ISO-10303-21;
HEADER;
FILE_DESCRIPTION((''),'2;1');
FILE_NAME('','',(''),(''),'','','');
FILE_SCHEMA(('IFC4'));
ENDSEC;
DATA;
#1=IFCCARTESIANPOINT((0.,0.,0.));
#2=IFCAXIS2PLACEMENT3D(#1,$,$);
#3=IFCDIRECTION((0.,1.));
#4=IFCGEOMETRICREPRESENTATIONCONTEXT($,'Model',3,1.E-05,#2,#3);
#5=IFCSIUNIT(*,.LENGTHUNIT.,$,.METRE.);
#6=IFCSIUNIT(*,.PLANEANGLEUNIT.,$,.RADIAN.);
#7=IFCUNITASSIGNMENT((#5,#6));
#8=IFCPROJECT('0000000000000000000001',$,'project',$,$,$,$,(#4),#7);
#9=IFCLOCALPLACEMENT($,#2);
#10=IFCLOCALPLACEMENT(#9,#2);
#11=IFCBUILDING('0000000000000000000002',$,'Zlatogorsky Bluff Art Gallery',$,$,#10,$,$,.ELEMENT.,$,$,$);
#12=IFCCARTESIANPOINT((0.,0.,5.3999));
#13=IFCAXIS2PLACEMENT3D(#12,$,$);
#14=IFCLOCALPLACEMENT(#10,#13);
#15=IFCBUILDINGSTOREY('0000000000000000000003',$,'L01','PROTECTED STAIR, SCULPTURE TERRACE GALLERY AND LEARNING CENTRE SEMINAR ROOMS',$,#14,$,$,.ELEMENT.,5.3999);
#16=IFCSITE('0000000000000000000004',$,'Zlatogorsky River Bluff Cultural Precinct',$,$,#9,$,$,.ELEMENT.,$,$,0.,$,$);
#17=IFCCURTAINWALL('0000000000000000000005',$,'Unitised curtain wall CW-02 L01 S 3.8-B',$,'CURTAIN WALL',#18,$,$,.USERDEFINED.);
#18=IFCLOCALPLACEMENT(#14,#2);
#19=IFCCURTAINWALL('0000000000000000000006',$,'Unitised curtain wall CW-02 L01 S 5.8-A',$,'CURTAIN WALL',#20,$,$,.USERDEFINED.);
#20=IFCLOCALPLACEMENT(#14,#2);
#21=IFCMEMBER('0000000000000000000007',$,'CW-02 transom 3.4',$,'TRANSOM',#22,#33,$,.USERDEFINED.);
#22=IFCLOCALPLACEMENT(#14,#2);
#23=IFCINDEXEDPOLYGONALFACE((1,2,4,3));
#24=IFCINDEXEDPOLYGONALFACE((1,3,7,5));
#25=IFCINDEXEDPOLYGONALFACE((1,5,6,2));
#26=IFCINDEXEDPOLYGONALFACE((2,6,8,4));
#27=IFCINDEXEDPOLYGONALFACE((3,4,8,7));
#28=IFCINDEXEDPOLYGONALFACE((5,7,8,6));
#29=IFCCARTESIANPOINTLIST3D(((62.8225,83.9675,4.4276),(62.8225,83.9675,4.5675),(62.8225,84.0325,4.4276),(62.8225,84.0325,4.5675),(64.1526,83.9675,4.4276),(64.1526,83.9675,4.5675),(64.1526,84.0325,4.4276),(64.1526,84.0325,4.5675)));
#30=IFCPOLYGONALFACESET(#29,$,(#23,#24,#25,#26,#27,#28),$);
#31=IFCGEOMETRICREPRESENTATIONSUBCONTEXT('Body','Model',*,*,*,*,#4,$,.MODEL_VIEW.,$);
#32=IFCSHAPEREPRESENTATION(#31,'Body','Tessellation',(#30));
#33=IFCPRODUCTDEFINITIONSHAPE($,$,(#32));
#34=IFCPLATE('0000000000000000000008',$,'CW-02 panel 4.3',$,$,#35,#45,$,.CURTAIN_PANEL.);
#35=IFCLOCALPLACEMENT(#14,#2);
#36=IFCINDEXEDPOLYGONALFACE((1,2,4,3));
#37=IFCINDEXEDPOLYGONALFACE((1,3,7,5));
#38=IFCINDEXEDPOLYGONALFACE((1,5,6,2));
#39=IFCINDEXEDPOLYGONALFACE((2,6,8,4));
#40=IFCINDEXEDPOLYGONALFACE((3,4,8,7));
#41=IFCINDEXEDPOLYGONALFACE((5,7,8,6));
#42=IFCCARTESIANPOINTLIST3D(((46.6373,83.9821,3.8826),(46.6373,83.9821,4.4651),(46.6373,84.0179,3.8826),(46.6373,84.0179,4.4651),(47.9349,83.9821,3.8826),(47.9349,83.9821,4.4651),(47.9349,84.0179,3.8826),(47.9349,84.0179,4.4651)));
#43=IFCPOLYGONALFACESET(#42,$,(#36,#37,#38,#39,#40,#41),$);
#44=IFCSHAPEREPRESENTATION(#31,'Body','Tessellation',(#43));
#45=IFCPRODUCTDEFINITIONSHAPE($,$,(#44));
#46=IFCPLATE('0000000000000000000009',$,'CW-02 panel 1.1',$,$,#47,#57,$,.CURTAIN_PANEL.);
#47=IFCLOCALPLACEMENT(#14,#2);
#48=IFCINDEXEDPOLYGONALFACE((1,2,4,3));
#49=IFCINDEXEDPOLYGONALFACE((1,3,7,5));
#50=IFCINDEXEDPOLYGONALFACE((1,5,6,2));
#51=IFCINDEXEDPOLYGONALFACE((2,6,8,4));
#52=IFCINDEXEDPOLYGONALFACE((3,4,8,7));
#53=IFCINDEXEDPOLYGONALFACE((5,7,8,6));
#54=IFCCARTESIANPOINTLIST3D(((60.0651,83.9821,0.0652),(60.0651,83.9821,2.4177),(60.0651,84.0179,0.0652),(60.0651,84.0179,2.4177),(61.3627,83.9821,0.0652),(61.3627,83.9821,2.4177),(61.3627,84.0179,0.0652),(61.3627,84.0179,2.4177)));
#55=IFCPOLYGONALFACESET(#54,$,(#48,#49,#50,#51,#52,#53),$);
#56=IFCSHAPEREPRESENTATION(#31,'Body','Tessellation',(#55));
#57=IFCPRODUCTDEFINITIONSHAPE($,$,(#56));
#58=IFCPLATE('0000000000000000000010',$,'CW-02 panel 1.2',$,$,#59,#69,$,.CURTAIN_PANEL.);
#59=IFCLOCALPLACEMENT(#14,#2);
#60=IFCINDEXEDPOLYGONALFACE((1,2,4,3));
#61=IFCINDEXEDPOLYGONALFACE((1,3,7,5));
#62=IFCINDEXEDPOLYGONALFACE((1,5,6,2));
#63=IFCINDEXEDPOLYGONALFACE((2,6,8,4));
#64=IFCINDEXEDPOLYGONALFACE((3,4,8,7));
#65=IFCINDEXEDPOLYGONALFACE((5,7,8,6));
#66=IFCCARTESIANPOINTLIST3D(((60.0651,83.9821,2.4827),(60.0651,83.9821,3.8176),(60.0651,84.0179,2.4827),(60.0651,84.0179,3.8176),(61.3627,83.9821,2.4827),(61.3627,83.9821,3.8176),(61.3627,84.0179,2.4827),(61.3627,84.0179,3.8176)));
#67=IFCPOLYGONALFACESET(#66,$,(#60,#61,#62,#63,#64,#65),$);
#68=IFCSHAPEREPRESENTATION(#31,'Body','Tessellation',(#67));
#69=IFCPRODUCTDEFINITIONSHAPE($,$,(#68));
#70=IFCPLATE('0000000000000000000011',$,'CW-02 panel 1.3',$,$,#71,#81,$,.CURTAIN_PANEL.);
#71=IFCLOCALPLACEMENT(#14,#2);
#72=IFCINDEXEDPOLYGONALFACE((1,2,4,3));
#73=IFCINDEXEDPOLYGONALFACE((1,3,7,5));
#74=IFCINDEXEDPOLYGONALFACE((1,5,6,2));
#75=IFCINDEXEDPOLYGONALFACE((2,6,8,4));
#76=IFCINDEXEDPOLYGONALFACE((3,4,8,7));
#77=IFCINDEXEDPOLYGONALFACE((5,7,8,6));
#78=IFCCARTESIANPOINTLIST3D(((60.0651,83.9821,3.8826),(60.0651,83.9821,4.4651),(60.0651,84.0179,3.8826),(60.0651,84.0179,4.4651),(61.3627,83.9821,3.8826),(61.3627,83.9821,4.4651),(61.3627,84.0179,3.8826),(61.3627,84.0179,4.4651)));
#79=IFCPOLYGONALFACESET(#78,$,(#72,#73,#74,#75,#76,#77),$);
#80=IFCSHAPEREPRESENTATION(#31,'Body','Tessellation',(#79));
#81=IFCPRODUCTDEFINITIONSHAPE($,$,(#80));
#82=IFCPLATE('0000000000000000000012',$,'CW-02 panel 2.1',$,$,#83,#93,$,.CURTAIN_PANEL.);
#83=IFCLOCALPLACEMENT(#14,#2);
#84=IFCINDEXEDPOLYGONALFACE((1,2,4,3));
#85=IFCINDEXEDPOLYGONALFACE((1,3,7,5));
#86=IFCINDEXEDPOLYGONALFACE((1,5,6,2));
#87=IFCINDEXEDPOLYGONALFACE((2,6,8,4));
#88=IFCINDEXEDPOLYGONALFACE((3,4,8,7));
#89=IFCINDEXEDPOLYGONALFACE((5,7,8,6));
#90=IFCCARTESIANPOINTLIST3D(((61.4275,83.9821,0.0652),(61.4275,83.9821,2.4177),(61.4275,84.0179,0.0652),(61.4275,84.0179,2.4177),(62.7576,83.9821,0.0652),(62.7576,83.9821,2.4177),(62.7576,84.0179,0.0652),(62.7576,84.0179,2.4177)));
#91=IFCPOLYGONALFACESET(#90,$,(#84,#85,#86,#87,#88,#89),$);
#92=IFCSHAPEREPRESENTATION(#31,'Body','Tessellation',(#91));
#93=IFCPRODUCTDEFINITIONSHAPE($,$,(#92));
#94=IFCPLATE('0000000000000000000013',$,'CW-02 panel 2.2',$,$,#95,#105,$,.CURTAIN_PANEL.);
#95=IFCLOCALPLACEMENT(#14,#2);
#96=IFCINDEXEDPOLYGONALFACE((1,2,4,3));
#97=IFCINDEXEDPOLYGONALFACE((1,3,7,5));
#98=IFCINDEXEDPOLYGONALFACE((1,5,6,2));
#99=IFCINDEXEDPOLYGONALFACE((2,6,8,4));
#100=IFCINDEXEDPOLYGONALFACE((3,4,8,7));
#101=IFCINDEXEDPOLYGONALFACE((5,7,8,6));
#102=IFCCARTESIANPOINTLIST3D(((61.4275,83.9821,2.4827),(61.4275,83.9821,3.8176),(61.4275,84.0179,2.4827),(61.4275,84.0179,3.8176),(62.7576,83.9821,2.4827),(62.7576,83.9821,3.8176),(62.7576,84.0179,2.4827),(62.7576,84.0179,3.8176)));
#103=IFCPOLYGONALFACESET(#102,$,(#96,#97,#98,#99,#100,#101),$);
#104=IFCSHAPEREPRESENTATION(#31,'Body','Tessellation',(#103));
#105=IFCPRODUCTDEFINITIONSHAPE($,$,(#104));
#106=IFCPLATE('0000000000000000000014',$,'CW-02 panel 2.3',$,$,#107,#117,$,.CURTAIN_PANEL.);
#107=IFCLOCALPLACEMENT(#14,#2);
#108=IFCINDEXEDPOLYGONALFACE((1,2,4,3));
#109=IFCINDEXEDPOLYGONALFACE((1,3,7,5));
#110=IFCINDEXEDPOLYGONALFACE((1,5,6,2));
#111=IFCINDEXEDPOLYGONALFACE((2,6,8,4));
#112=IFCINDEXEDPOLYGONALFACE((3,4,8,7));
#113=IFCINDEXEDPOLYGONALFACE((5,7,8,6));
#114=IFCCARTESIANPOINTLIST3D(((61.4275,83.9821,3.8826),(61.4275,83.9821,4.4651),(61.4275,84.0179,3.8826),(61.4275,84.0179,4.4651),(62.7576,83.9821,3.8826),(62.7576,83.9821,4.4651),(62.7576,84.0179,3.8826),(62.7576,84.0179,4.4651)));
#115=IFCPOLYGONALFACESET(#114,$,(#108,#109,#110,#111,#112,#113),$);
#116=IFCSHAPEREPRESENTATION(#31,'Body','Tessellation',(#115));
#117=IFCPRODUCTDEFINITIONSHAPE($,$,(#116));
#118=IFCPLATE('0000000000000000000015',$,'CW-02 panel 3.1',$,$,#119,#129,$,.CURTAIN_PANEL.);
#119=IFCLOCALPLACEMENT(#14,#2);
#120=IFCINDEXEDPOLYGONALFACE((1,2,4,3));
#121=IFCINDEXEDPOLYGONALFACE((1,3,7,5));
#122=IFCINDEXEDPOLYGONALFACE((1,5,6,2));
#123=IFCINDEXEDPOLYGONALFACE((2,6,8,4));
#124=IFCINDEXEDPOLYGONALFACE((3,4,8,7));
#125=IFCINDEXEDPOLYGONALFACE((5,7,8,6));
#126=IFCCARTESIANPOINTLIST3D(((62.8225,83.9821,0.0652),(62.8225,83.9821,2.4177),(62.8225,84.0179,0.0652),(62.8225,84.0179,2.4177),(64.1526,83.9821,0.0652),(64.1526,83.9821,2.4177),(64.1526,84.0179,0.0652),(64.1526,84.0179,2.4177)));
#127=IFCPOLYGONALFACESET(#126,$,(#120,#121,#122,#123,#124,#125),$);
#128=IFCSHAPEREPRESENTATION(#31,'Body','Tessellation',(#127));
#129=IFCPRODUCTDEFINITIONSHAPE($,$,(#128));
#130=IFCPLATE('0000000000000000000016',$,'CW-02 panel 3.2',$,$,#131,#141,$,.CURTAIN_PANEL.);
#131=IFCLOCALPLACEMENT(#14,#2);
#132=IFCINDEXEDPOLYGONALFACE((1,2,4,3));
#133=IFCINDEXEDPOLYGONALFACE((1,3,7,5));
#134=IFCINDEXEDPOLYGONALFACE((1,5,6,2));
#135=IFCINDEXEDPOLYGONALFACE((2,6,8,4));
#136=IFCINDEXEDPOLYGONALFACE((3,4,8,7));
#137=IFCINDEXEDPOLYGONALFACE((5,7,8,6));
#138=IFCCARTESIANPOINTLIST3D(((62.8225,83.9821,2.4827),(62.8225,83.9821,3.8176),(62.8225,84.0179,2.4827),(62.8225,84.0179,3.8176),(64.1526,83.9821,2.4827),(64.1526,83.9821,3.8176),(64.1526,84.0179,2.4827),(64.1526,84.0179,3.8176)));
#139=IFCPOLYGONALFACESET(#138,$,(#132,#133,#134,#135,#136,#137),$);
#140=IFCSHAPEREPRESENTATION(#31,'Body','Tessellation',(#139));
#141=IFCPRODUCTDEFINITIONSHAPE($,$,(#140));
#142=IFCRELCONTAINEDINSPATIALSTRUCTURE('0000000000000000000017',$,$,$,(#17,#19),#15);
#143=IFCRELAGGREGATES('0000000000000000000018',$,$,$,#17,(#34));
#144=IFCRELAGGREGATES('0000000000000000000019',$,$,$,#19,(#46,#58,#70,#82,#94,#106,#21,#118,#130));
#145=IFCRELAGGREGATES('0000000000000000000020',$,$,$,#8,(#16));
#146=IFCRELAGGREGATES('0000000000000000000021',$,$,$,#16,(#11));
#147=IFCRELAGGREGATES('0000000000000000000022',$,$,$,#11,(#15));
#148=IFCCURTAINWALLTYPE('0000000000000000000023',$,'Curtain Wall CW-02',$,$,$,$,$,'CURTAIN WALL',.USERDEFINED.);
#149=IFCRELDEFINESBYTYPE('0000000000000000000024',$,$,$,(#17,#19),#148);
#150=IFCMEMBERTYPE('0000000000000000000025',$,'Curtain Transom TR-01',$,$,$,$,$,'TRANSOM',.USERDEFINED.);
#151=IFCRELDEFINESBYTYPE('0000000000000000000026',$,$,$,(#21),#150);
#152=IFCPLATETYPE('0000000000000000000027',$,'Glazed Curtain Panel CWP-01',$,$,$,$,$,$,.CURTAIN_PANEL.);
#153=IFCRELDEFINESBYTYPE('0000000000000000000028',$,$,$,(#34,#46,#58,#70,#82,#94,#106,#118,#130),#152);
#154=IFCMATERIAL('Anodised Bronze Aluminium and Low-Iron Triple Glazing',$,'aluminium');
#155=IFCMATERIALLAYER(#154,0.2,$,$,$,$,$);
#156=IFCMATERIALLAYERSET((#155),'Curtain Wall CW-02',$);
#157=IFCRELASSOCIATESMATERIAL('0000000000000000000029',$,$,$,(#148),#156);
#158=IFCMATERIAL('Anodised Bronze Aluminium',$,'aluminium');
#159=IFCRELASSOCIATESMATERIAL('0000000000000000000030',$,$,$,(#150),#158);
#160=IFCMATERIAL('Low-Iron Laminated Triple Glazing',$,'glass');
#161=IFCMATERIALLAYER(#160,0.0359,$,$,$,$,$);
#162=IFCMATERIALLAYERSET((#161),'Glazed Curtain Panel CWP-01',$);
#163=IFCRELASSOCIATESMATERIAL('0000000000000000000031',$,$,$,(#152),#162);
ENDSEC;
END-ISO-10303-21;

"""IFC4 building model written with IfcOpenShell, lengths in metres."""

from ifc_helpers import new_model, si_unit, direction, frame, origin, origin_2d, place, context, subcontext, project, spatial, rectangle, extrude, material, layer, layer_set, material_profile, profile_set, type_object, element, aggregate, save


model = new_model("IFC4")

# Units and contexts
model_context = context("Model", 3, precision=1e-05, world=origin(), true_north=direction((0.0, 1.0)))
body_context = subcontext(model_context, "Body", "Model", "MODEL_VIEW")
ifc_project = project(units=[si_unit("LENGTHUNIT", "METRE"), si_unit("PLANEANGLEUNIT", "RADIAN")], contexts=[model_context])

# Site, building, storey
site_placement = place(None, origin())
site = spatial("IfcSite", under=ifc_project, at=site_placement, Name="Zlatogorsky River Bluff Cultural Precinct", CompositionType="ELEMENT", RefElevation=0.0)
building_placement = place(site_placement, origin())
building = spatial("IfcBuilding", under=site, at=building_placement, Name="Zlatogorsky Bluff Art Gallery", CompositionType="ELEMENT")
storey_placement = place(building_placement, frame((0.0, 0.0, 5.3999)))
storey = spatial("IfcBuildingStorey", under=building, at=storey_placement, Name="L01", Description="PROTECTED STAIR, SCULPTURE TERRACE GALLERY AND LEARNING CENTRE SEMINAR ROOMS", CompositionType="ELEMENT", Elevation=5.3999)

# Curtain wall
ifc_material_1 = material(Name="Anodised Bronze Aluminium and Low-Iron Triple Glazing", Category="aluminium")
ifc_layer_1 = layer(ifc_material_1, 0.2)
ifc_layer_set_1 = layer_set([ifc_layer_1], Name="Curtain Wall CW-02")
curtain_wall_type = type_object("IfcCurtainWallType", Name="Curtain Wall CW-02", ElementType="CURTAIN WALL", PredefinedType="USERDEFINED", material=ifc_layer_set_1)
curtain_wall_1_placement = place(storey_placement, origin())
curtain_wall_1 = element("IfcCurtainWall", 1, at=curtain_wall_1_placement, inside=storey, type_object=curtain_wall_type, Name="Unitised curtain wall CW-02 L01 S 3.8-B", ObjectType="CURTAIN WALL", PredefinedType="USERDEFINED")
ifc_material_2 = material(Name="Anodised Bronze Aluminium", Category="aluminium")

# Curtain wall, member
curtain_wall_2_placement = place(storey_placement, origin())
curtain_wall_2 = element("IfcCurtainWall", 2, at=curtain_wall_2_placement, inside=storey, type_object=curtain_wall_type, Name="Unitised curtain wall CW-02 L01 S 5.8-A", ObjectType="CURTAIN WALL", PredefinedType="USERDEFINED")
ifc_material_profile_1 = material_profile(ifc_material_2, rectangle(XDim=0.0649, YDim=0.1399, at=origin_2d()), Name="ALU TRANSOM 65x140")
ifc_profile_set_1 = profile_set([ifc_material_profile_1], Name="Anodised Bronze Aluminium")
member_type_1 = type_object("IfcMemberType", Name="Curtain Transom TR-01", ElementType="TRANSOM", PredefinedType="USERDEFINED", material=ifc_profile_set_1)
member_1_placement = place(storey_placement, frame((62.8225, 84.0, 4.4976), z_axis=(1.0, 0.0, 0.0), x_axis=(0.0, 1.0, 0.0)))
member_1 = element("IfcMember", 3, at=member_1_placement, type_object=member_type_1, Name="CW-02 transom 3.4", ObjectType="TRANSOM", PredefinedType="USERDEFINED", context=body_context, shape_type="SweptSolid", body=[
    extrude(rectangle(XDim=0.0649, YDim=0.1399, at=origin_2d()), origin(), (0.0, 0.0, 1.0), 1.3301),
])

# Plates
ifc_material_3 = material(Name="Low-Iron Laminated Triple Glazing", Category="glass")
ifc_layer_2 = layer(ifc_material_3, 0.0359)
ifc_layer_set_2 = layer_set([ifc_layer_2], Name="Glazed Curtain Panel CWP-01")
plate_type = type_object("IfcPlateType", Name="Glazed Curtain Panel CWP-01", PredefinedType="CURTAIN_PANEL", material=ifc_layer_set_2)
plate_1_placement = place(storey_placement, frame((47.2861, 84.0, 3.8826), z_axis=(0.0, 0.0, 1.0), x_axis=(1.0, 0.0, 0.0)))
plate_1 = element("IfcPlate", 4, at=plate_1_placement, type_object=plate_type, Name="CW-02 panel 4.3", PredefinedType="CURTAIN_PANEL", context=body_context, shape_type="SweptSolid", body=[
    extrude(rectangle(XDim=1.2976, YDim=0.0359, at=origin_2d()), origin(), (0.0, 0.0, 1.0), 0.5825),
])
aggregate(curtain_wall_1, [plate_1])
plate_2_placement = place(storey_placement, frame((60.7139, 84.0, 0.0652), z_axis=(0.0, 0.0, 1.0), x_axis=(1.0, 0.0, 0.0)))
plate_2 = element("IfcPlate", 5, at=plate_2_placement, type_object=plate_type, Name="CW-02 panel 1.1", PredefinedType="CURTAIN_PANEL", context=body_context, shape_type="SweptSolid", body=[
    extrude(rectangle(XDim=1.2976, YDim=0.0359, at=origin_2d()), origin(), (0.0, 0.0, 1.0), 2.3525),
])
plate_3_placement = place(storey_placement, frame((60.7139, 84.0, 2.4827), z_axis=(0.0, 0.0, 1.0), x_axis=(1.0, 0.0, 0.0)))
plate_3 = element("IfcPlate", 6, at=plate_3_placement, type_object=plate_type, Name="CW-02 panel 1.2", PredefinedType="CURTAIN_PANEL", context=body_context, shape_type="SweptSolid", body=[
    extrude(rectangle(XDim=1.2976, YDim=0.0359, at=origin_2d()), origin(), (0.0, 0.0, 1.0), 1.335),
])
plate_4_placement = place(storey_placement, frame((60.7139, 84.0, 3.8826), z_axis=(0.0, 0.0, 1.0), x_axis=(1.0, 0.0, 0.0)))
plate_4 = element("IfcPlate", 7, at=plate_4_placement, type_object=plate_type, Name="CW-02 panel 1.3", PredefinedType="CURTAIN_PANEL", context=body_context, shape_type="SweptSolid", body=[
    extrude(rectangle(XDim=1.2976, YDim=0.0359, at=origin_2d()), origin(), (0.0, 0.0, 1.0), 0.5825),
])
plate_5_placement = place(storey_placement, frame((62.0925, 84.0, 0.0652), z_axis=(0.0, 0.0, 1.0), x_axis=(1.0, 0.0, 0.0)))
plate_5 = element("IfcPlate", 8, at=plate_5_placement, type_object=plate_type, Name="CW-02 panel 2.1", PredefinedType="CURTAIN_PANEL", context=body_context, shape_type="SweptSolid", body=[
    extrude(rectangle(XDim=1.3301, YDim=0.0359, at=origin_2d()), origin(), (0.0, 0.0, 1.0), 2.3525),
])
plate_6_placement = place(storey_placement, frame((62.0925, 84.0, 2.4827), z_axis=(0.0, 0.0, 1.0), x_axis=(1.0, 0.0, 0.0)))
plate_6 = element("IfcPlate", 9, at=plate_6_placement, type_object=plate_type, Name="CW-02 panel 2.2", PredefinedType="CURTAIN_PANEL", context=body_context, shape_type="SweptSolid", body=[
    extrude(rectangle(XDim=1.3301, YDim=0.0359, at=origin_2d()), origin(), (0.0, 0.0, 1.0), 1.335),
])
plate_7_placement = place(storey_placement, frame((62.0925, 84.0, 3.8826), z_axis=(0.0, 0.0, 1.0), x_axis=(1.0, 0.0, 0.0)))
plate_7 = element("IfcPlate", 10, at=plate_7_placement, type_object=plate_type, Name="CW-02 panel 2.3", PredefinedType="CURTAIN_PANEL", context=body_context, shape_type="SweptSolid", body=[
    extrude(rectangle(XDim=1.3301, YDim=0.0359, at=origin_2d()), origin(), (0.0, 0.0, 1.0), 0.5825),
])
plate_8_placement = place(storey_placement, frame((63.4875, 84.0, 0.0652), z_axis=(0.0, 0.0, 1.0), x_axis=(1.0, 0.0, 0.0)))
plate_8 = element("IfcPlate", 11, at=plate_8_placement, type_object=plate_type, Name="CW-02 panel 3.1", PredefinedType="CURTAIN_PANEL", context=body_context, shape_type="SweptSolid", body=[
    extrude(rectangle(XDim=1.3301, YDim=0.0359, at=origin_2d()), origin(), (0.0, 0.0, 1.0), 2.3525),
])
plate_9_placement = place(storey_placement, frame((63.4875, 84.0, 2.4827), z_axis=(0.0, 0.0, 1.0), x_axis=(1.0, 0.0, 0.0)))
plate_9 = element("IfcPlate", 12, at=plate_9_placement, type_object=plate_type, Name="CW-02 panel 3.2", PredefinedType="CURTAIN_PANEL", context=body_context, shape_type="SweptSolid", body=[
    extrude(rectangle(XDim=1.3301, YDim=0.0359, at=origin_2d()), origin(), (0.0, 0.0, 1.0), 1.335),
])
aggregate(curtain_wall_2, [plate_2, plate_3, plate_4, plate_5, plate_6, plate_7, member_1, plate_8, plate_9])

save(model, "model.ifc")
